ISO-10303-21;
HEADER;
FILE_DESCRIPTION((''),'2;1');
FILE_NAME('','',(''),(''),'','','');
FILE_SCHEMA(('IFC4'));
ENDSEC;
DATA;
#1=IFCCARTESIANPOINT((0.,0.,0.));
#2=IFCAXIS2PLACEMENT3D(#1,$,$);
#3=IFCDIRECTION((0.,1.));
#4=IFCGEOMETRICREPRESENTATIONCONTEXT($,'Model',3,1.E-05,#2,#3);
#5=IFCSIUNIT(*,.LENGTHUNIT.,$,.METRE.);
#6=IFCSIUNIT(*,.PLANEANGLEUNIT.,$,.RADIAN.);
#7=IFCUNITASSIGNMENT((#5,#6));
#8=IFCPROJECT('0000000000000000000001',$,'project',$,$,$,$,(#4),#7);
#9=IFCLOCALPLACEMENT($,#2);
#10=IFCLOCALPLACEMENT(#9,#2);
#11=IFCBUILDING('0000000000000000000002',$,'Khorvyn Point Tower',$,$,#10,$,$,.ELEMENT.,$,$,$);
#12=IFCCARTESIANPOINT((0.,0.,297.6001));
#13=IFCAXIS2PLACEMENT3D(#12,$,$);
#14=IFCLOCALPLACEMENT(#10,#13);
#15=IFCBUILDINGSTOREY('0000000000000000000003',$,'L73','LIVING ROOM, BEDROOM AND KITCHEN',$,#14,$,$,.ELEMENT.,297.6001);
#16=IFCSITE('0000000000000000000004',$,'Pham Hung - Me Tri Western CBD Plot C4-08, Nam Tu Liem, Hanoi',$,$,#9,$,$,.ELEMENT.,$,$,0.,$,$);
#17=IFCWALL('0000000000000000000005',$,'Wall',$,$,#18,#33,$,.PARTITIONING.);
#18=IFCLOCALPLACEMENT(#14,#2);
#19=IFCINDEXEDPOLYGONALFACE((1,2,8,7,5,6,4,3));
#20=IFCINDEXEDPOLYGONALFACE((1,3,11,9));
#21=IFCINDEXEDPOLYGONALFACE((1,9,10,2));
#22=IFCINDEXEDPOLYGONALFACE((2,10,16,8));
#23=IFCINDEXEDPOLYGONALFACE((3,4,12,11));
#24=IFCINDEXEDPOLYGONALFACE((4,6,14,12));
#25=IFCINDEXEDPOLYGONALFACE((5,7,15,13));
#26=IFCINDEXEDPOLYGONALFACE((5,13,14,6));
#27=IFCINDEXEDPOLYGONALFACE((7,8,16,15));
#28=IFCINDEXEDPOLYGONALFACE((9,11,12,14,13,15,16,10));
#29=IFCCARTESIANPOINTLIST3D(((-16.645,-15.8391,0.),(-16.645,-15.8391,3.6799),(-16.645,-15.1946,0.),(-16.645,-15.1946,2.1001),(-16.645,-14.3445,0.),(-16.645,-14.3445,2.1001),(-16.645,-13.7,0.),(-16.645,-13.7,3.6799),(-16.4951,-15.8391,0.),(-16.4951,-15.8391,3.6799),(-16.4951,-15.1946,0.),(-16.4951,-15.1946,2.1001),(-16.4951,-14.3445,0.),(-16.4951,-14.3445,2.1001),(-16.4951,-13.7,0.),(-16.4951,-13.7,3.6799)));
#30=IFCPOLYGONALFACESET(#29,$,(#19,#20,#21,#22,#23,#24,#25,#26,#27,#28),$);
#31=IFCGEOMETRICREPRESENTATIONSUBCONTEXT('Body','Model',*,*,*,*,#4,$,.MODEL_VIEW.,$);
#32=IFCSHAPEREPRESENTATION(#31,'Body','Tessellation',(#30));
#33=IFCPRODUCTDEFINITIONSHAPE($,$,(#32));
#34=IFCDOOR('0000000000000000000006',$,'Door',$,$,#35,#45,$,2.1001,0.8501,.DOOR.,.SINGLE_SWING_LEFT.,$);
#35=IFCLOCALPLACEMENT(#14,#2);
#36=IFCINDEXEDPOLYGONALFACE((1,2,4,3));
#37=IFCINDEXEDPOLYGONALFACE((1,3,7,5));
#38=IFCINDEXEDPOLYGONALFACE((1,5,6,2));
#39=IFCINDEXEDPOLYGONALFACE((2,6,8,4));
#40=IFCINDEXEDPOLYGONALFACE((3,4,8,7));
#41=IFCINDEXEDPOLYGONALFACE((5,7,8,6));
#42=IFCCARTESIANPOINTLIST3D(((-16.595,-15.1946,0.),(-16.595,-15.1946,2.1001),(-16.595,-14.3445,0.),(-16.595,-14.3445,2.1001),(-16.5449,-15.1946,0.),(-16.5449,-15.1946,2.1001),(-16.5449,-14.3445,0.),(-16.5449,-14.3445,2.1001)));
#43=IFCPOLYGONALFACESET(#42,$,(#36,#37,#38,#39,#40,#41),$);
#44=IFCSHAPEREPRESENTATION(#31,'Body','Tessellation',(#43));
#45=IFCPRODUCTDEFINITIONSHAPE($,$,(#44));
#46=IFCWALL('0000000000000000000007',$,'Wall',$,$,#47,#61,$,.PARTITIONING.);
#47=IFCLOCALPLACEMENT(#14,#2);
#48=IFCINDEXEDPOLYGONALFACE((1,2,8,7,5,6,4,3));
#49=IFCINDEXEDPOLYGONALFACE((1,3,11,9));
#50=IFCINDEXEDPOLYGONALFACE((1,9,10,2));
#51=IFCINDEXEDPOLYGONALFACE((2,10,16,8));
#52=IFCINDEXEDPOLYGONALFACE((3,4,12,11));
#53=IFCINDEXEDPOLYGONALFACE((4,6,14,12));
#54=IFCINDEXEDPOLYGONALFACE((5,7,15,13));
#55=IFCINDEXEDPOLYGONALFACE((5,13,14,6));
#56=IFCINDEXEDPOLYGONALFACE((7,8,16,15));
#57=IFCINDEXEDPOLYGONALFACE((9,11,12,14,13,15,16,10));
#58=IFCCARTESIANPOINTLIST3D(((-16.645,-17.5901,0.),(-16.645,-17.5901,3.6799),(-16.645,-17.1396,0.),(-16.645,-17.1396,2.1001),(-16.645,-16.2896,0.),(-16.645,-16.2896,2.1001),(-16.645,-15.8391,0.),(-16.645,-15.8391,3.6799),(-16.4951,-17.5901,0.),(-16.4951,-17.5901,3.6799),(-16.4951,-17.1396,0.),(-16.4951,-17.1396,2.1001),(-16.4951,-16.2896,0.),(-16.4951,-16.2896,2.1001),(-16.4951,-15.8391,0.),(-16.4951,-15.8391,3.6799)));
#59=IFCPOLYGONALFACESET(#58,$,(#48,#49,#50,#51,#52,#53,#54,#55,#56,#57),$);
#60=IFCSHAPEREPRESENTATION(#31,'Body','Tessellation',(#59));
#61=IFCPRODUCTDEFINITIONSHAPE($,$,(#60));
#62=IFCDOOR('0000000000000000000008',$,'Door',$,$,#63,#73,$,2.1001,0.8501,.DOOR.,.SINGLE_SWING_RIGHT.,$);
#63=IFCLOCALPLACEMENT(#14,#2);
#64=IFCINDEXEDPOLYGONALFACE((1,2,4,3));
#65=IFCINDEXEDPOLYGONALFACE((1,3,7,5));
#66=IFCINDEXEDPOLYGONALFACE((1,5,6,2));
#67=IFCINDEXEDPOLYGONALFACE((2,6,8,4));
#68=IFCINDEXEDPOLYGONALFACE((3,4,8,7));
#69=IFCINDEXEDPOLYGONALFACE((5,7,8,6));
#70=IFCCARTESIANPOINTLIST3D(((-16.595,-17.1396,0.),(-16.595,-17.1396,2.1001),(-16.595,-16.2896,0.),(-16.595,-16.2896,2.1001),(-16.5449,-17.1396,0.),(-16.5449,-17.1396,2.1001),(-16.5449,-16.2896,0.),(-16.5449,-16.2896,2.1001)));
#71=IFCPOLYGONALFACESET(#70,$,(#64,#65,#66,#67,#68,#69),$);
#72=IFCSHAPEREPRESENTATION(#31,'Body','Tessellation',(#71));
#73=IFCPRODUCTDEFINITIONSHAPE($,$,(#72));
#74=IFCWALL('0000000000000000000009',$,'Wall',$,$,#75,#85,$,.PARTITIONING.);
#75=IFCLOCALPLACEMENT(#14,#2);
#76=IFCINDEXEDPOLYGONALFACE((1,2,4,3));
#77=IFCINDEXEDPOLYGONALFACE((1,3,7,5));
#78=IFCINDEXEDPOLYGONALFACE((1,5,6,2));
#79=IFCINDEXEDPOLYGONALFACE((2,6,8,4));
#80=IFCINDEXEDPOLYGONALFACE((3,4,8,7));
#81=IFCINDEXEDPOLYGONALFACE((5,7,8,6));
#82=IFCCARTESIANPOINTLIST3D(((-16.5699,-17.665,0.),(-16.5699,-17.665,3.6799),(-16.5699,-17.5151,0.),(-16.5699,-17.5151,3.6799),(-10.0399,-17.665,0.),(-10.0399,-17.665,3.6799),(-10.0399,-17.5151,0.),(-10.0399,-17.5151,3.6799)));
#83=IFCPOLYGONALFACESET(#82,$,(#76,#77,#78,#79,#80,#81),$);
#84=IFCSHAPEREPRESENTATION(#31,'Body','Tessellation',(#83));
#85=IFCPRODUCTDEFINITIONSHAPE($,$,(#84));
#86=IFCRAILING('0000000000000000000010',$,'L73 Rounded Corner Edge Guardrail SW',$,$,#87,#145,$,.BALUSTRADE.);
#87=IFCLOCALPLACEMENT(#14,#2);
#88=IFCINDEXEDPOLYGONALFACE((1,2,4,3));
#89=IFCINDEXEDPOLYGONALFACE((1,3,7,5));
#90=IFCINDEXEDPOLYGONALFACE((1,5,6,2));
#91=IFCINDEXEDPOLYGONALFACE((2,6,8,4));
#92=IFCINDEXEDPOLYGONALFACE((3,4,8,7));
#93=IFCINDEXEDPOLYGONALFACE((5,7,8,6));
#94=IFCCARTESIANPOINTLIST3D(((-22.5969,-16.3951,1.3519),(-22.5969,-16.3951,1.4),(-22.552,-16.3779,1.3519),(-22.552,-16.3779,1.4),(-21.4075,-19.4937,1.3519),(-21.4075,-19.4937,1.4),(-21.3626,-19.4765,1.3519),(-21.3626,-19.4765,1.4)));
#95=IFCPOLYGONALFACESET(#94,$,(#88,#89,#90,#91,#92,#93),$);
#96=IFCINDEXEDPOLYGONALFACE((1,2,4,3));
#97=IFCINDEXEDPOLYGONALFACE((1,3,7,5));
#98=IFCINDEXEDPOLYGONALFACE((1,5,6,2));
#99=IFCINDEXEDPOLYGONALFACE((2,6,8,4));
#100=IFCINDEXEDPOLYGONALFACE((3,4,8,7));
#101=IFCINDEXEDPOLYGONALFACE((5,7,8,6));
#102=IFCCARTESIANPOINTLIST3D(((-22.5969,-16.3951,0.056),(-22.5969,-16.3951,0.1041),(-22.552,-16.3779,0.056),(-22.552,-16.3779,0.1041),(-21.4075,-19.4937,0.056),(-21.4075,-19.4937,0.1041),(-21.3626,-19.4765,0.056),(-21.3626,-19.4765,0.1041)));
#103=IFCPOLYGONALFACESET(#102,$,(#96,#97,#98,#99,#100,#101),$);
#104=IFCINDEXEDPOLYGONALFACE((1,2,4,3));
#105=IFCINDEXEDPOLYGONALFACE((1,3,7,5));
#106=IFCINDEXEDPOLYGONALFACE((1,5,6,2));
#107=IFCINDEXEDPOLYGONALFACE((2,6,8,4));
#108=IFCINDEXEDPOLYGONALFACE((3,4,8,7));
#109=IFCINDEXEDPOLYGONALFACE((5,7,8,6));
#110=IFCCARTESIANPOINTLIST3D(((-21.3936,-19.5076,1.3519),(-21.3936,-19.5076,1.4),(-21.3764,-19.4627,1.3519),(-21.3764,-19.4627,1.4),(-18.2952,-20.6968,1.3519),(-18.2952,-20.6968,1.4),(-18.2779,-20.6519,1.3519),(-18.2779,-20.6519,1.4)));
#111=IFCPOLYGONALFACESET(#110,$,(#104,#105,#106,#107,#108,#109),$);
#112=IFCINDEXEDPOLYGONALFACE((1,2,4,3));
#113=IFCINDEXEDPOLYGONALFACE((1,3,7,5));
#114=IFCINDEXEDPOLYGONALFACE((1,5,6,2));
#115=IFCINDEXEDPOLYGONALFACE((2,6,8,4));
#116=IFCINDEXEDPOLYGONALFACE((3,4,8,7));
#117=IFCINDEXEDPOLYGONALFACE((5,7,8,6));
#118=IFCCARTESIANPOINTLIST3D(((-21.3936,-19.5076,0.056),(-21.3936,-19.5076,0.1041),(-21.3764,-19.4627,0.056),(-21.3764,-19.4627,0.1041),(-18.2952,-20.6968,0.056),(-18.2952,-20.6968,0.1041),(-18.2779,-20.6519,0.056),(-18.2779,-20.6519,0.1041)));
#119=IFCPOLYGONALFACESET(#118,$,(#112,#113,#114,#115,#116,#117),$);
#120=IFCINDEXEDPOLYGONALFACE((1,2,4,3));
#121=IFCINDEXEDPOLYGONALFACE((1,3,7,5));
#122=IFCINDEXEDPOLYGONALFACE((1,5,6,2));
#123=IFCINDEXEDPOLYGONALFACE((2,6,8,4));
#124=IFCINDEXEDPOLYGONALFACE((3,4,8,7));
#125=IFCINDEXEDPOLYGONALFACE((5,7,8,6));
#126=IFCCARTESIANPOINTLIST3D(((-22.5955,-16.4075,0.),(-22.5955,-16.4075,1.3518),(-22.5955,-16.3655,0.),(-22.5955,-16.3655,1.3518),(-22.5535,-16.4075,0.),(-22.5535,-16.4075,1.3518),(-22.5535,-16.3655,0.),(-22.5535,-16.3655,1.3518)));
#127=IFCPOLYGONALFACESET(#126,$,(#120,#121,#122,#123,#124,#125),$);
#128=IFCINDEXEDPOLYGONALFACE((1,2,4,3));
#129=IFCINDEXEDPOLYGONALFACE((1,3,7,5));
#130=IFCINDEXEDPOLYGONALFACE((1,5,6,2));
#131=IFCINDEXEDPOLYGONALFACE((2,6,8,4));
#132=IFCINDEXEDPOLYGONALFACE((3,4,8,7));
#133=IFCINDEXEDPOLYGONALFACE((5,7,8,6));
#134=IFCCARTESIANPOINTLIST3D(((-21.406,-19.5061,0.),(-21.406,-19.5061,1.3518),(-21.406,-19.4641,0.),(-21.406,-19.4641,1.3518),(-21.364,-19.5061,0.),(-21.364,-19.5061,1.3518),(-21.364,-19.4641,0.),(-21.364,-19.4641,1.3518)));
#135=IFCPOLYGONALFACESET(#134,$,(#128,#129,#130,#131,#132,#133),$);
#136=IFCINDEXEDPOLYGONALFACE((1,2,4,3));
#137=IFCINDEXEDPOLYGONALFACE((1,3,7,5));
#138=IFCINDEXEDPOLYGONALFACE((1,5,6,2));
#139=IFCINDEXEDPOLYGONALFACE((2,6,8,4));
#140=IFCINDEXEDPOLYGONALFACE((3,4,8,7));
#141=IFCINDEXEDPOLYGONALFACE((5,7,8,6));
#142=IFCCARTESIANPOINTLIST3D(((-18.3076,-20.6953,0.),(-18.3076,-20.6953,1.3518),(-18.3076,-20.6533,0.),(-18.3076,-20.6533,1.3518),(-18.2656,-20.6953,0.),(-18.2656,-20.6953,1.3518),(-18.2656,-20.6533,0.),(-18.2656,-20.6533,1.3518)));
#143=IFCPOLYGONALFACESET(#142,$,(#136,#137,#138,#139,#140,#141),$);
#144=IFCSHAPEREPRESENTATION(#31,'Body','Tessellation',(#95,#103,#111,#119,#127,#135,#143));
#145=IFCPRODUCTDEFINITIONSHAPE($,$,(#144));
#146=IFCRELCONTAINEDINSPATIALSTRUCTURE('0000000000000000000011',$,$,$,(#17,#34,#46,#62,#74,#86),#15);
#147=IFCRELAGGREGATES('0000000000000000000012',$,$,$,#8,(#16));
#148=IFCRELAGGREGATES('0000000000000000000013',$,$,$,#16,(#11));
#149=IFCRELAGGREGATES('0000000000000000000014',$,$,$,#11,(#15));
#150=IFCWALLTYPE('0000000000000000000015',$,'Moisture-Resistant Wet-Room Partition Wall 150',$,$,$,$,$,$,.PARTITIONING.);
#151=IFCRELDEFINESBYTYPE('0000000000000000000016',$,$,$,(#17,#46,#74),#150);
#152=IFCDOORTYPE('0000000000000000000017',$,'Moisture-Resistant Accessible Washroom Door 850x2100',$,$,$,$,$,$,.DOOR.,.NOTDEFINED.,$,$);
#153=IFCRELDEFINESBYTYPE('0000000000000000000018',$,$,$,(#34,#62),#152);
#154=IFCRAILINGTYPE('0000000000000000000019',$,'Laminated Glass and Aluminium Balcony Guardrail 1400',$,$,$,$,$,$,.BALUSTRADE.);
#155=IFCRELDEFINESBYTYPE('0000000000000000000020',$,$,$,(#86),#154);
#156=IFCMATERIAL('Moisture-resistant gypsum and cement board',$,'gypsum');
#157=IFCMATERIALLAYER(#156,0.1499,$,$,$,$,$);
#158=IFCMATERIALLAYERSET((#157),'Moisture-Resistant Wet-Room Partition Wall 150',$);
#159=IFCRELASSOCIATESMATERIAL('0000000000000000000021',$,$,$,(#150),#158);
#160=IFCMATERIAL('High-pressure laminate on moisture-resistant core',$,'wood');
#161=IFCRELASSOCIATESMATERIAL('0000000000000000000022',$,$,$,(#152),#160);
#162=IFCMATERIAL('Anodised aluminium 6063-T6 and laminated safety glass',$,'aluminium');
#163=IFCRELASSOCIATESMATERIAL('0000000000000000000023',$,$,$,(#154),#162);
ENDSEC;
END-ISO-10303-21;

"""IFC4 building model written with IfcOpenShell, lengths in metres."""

from ifc_helpers import new_model, si_unit, direction, frame, frame_2d, origin, origin_2d, place, context, subcontext, project, spatial, rectangle, extrude, material, layer, layer_set, type_object, element, fill, save


model = new_model("IFC4")

# Units and contexts
model_context = context("Model", 3, precision=1e-05, world=origin(), true_north=direction((0.0, 1.0)))
body_context = subcontext(model_context, "Body", "Model", "MODEL_VIEW")
ifc_project = project(units=[si_unit("LENGTHUNIT", "METRE"), si_unit("PLANEANGLEUNIT", "RADIAN")], contexts=[model_context])

# Site, building, storey
site_placement = place(None, origin())
site = spatial("IfcSite", under=ifc_project, at=site_placement, Name="Pham Hung - Me Tri Western CBD Plot C4-08, Nam Tu Liem, Hanoi", CompositionType="ELEMENT", RefElevation=0.0)
building_placement = place(site_placement, origin())
building = spatial("IfcBuilding", under=site, at=building_placement, Name="Khorvyn Point Tower", CompositionType="ELEMENT")
storey_placement = place(building_placement, frame((0.0, 0.0, 297.6001)))
storey = spatial("IfcBuildingStorey", under=building, at=storey_placement, Name="L73", Description="LIVING ROOM, BEDROOM AND KITCHEN", CompositionType="ELEMENT", Elevation=297.6001)

# Walls, openings, doors
ifc_material_1 = material(Name="Moisture-resistant gypsum and cement board", Category="gypsum")
ifc_layer_1 = layer(ifc_material_1, 0.1499)
ifc_layer_set_1 = layer_set([ifc_layer_1], Name="Moisture-Resistant Wet-Room Partition Wall 150")
wall_type_1 = type_object("IfcWallType", Name="Moisture-Resistant Wet-Room Partition Wall 150", PredefinedType="PARTITIONING", material=ifc_layer_set_1)
wall_1_placement = place(storey_placement, frame((-16.5701, -15.8391, 0.0), z_axis=(0.0, 0.0, 1.0), x_axis=(0.0, 1.0, 0.0)))
wall_1 = element("IfcWall", 1, at=wall_1_placement, inside=storey, type_object=wall_type_1, Name="Wall", PredefinedType="PARTITIONING", context=body_context, shape_type="SweptSolid", body=[
    extrude(rectangle(XDim=2.1392, YDim=0.1499, at=frame_2d((1.0696, 0.0))), origin(), (0.0, 0.0, 1.0), 3.6799),
])
opening_1_placement = place(wall_1_placement, frame((0.6445, 0.0, 0.0)))
opening_1 = element("IfcOpeningElement", 2, at=opening_1_placement, cuts=wall_1, PredefinedType="OPENING", context=body_context, shape_type="SweptSolid", body=[
    extrude(rectangle(XDim=0.8501, YDim=2.1001, at=frame_2d((0.425, 1.05))), frame((0.0, 0.085, 0.0), z_axis=(0.0, -1.0, 0.0), x_axis=(1.0, 0.0, 0.0)), (0.0, 0.0, 1.0), 0.1699),
])
ifc_material_2 = material(Name="High-pressure laminate on moisture-resistant core", Category="wood")
door_type_1 = type_object("IfcDoorType", Name="Moisture-Resistant Accessible Washroom Door 850x2100", OperationType="NOTDEFINED", PredefinedType="DOOR", material=ifc_material_2)
door_1_placement = place(opening_1_placement, origin())
door_1 = element("IfcDoor", 3, at=door_1_placement, inside=storey, type_object=door_type_1, Name="Door", OperationType="SINGLE_SWING_LEFT", OverallHeight=2.1001, OverallWidth=0.8501, PredefinedType="DOOR", context=body_context, shape_type="SweptSolid", body=[
    extrude(rectangle(XDim=0.8501, YDim=2.1001, at=frame_2d((0.425, 1.05))), frame((0.0, 0.0249, 0.0), z_axis=(0.0, -1.0, 0.0), x_axis=(1.0, 0.0, 0.0)), (0.0, 0.0, 1.0), 0.05),
])
fill(opening_1, door_1)
wall_2_placement = place(storey_placement, frame((-16.5701, -17.5901, 0.0), z_axis=(0.0, 0.0, 1.0), x_axis=(0.0, 1.0, 0.0)))
wall_2 = element("IfcWall", 4, at=wall_2_placement, inside=storey, type_object=wall_type_1, Name="Wall", PredefinedType="PARTITIONING", context=body_context, shape_type="SweptSolid", body=[
    extrude(rectangle(XDim=1.751, YDim=0.1499, at=frame_2d((0.8755, 0.0))), origin(), (0.0, 0.0, 1.0), 3.6799),
])
opening_2_placement = place(wall_2_placement, frame((0.4504, 0.0, 0.0)))
opening_2 = element("IfcOpeningElement", 5, at=opening_2_placement, cuts=wall_2, PredefinedType="OPENING", context=body_context, shape_type="SweptSolid", body=[
    extrude(rectangle(XDim=0.8501, YDim=2.1001, at=frame_2d((0.425, 1.05))), frame((0.0, 0.085, 0.0), z_axis=(0.0, -1.0, 0.0), x_axis=(1.0, 0.0, 0.0)), (0.0, 0.0, 1.0), 0.1699),
])
door_2_placement = place(opening_2_placement, origin())
door_2 = element("IfcDoor", 6, at=door_2_placement, inside=storey, type_object=door_type_1, Name="Door", OperationType="SINGLE_SWING_RIGHT", OverallHeight=2.1001, OverallWidth=0.8501, PredefinedType="DOOR", context=body_context, shape_type="SweptSolid", body=[
    extrude(rectangle(XDim=0.8501, YDim=2.1001, at=frame_2d((0.425, 1.05))), frame((0.0, 0.0249, 0.0), z_axis=(0.0, -1.0, 0.0), x_axis=(1.0, 0.0, 0.0)), (0.0, 0.0, 1.0), 0.05),
])
fill(opening_2, door_2)

# Wall
wall_3_placement = place(storey_placement, frame((-16.5701, -17.5901, 0.0), z_axis=(0.0, 0.0, 1.0), x_axis=(1.0, 0.0, 0.0)))
element("IfcWall", 7, at=wall_3_placement, inside=storey, type_object=wall_type_1, Name="Wall", PredefinedType="PARTITIONING", context=body_context, shape_type="SweptSolid", body=[
    extrude(rectangle(XDim=6.53, YDim=0.1499, at=frame_2d((3.2651, 0.0))), origin(), (0.0, 0.0, 1.0), 3.6799),
])

# Railing
ifc_material_3 = material(Name="Anodised aluminium 6063-T6 and laminated safety glass", Category="aluminium")
railing_type = type_object("IfcRailingType", Name="Laminated Glass and Aluminium Balcony Guardrail 1400", PredefinedType="BALUSTRADE", material=ifc_material_3)
railing_1_placement = place(storey_placement, frame((-22.5745, -16.3865, 0.0)))
element("IfcRailing", 8, at=railing_1_placement, inside=storey, type_object=railing_type, Name="L73 Rounded Corner Edge Guardrail SW", PredefinedType="BALUSTRADE", context=body_context, shape_type="SweptSolid", body=[
    extrude(rectangle(XDim=0.0481, YDim=0.0481, at=origin_2d()), frame((0.0, 0.0, 1.376), z_axis=(0.358368, -0.93358, 0.0), x_axis=(0.93358, 0.358368, 0.0)), (0.0, 0.0, 1.0), 3.3191),
    extrude(rectangle(XDim=0.0481, YDim=0.0481, at=origin_2d()), frame((0.0, 0.0, 0.0801), z_axis=(0.358368, -0.93358, 0.0), x_axis=(0.93358, 0.358368, 0.0)), (0.0, 0.0, 1.0), 3.3191),
    extrude(rectangle(XDim=0.0481, YDim=0.0481, at=origin_2d()), frame((1.1895, -3.0986, 1.376), z_axis=(0.933596, -0.358328, 0.0), x_axis=(0.358328, 0.933596, 0.0)), (0.0, 0.0, 1.0), 3.3188),
    extrude(rectangle(XDim=0.0481, YDim=0.0481, at=origin_2d()), frame((1.1895, -3.0986, 0.0801), z_axis=(0.933596, -0.358328, 0.0), x_axis=(0.358328, 0.933596, 0.0)), (0.0, 0.0, 1.0), 3.3188),
    extrude(rectangle(XDim=0.042, YDim=0.042, at=origin_2d()), origin(), (0.0, 0.0, 1.0), 1.3518),
    extrude(rectangle(XDim=0.042, YDim=0.042, at=origin_2d()), frame((1.1895, -3.0986, 0.0)), (0.0, 0.0, 1.0), 1.3518),
    extrude(rectangle(XDim=0.042, YDim=0.042, at=origin_2d()), frame((4.2878, -4.2878, 0.0)), (0.0, 0.0, 1.0), 1.3518),
])

save(model, "model.ifc")
